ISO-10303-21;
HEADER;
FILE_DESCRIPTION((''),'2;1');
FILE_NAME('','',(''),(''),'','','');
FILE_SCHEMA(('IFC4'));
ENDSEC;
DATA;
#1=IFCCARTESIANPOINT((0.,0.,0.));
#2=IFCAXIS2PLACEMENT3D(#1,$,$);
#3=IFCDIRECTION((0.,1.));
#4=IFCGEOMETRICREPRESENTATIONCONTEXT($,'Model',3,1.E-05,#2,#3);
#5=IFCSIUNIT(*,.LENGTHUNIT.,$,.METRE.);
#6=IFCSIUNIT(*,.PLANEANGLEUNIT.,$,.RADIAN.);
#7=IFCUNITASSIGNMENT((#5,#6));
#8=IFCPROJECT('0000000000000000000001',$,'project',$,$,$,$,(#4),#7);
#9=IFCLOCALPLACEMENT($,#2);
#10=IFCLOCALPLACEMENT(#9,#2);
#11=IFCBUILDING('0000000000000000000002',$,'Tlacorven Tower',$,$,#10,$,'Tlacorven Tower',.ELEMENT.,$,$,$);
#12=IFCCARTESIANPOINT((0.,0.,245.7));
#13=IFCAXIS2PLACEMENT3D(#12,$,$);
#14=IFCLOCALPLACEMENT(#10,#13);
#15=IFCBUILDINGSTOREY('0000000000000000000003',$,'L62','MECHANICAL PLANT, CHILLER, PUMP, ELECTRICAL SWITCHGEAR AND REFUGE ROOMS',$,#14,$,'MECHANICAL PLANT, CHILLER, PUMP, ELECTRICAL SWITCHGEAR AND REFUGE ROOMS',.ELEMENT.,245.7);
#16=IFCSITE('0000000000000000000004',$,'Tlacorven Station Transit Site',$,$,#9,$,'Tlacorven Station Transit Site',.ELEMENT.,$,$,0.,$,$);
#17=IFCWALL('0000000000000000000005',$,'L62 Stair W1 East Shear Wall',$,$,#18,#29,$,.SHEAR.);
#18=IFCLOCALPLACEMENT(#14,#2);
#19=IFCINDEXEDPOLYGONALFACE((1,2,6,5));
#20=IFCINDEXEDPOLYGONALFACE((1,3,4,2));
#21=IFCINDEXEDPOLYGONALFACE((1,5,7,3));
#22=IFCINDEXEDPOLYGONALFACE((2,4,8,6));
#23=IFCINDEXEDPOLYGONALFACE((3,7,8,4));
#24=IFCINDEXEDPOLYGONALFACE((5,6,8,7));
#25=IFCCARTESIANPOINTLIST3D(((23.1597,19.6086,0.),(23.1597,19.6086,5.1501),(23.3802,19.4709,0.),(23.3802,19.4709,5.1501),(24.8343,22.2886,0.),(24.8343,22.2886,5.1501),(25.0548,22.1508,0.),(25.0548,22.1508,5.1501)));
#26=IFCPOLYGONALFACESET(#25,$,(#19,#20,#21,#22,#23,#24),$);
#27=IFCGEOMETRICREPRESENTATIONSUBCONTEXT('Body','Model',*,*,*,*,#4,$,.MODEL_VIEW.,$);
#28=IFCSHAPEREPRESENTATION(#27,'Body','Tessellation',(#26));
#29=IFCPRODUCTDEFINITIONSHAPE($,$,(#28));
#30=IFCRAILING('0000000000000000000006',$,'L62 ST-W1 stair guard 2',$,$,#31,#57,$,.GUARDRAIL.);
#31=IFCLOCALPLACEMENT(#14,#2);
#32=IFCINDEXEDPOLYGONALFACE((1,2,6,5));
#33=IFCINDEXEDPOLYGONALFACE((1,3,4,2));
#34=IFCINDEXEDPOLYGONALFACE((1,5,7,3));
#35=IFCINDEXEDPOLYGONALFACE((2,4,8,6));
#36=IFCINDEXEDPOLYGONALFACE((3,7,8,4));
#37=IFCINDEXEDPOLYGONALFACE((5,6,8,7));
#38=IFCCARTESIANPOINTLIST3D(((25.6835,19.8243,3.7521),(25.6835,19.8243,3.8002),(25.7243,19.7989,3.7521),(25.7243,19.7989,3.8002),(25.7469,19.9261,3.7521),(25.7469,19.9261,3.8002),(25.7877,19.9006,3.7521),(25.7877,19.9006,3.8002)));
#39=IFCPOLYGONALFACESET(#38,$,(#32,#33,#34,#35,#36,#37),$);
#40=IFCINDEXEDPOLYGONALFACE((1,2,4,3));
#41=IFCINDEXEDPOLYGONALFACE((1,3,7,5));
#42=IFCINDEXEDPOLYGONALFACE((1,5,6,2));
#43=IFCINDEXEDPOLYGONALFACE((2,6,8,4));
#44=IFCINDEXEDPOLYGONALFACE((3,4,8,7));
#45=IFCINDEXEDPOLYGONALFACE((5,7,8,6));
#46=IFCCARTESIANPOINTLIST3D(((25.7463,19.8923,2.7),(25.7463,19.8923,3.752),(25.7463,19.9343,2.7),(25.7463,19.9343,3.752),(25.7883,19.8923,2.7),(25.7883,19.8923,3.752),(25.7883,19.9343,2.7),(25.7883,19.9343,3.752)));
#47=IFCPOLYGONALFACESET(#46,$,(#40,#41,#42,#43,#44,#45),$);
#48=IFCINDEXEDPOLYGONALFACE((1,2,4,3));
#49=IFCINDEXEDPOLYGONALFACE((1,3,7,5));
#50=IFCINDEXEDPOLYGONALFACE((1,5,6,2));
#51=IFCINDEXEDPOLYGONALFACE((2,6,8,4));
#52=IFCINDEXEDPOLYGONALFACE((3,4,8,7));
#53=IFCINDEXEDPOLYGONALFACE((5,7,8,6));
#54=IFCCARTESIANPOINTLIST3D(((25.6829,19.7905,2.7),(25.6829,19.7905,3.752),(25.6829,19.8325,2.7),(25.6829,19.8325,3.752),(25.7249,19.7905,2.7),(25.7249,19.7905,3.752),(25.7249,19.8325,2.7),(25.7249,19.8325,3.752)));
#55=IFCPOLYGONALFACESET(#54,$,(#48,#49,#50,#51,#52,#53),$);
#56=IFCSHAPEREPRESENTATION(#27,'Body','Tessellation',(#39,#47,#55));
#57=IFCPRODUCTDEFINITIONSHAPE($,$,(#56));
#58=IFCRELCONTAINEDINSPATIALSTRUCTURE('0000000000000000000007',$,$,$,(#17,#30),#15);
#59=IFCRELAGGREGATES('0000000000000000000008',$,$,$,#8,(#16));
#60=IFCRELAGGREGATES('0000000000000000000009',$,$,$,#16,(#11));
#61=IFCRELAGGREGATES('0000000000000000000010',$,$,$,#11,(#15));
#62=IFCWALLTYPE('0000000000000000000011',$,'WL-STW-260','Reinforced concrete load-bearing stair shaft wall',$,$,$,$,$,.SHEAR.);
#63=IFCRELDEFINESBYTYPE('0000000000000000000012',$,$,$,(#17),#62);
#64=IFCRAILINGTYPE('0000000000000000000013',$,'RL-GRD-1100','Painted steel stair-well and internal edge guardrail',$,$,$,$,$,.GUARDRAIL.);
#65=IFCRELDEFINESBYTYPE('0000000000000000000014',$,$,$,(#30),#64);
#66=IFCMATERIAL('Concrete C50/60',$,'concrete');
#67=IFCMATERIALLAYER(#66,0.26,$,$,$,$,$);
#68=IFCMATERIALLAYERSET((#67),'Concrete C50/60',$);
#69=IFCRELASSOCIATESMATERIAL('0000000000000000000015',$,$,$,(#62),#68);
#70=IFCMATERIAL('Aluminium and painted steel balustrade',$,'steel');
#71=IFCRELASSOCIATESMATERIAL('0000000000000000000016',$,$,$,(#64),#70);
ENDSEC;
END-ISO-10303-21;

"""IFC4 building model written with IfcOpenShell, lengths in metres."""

from ifc_helpers import new_model, si_unit, direction, frame, frame_2d, origin, origin_2d, place, context, subcontext, project, spatial, rectangle, extrude, source, transform, mapped, material, layer, layer_set, type_object, element, save


model = new_model("IFC4")

# Units and contexts
model_context = context("Model", 3, precision=1e-05, world=origin(), true_north=direction((0.0, 1.0)))
body_context = subcontext(model_context, "Body", "Model", "MODEL_VIEW")
ifc_project = project(units=[si_unit("LENGTHUNIT", "METRE"), si_unit("PLANEANGLEUNIT", "RADIAN")], contexts=[model_context])

# Site, building, storey
site_placement = place(None, origin())
site = spatial("IfcSite", under=ifc_project, at=site_placement, Name="Tlacorven Station Transit Site", LongName="Tlacorven Station Transit Site", CompositionType="ELEMENT", RefElevation=0.0)
building_placement = place(site_placement, origin())
building = spatial("IfcBuilding", under=site, at=building_placement, Name="Tlacorven Tower", LongName="Tlacorven Tower", CompositionType="ELEMENT")
storey_placement = place(building_placement, frame((0.0, 0.0, 245.7)))
storey = spatial("IfcBuildingStorey", under=building, at=storey_placement, Name="L62", Description="MECHANICAL PLANT, CHILLER, PUMP, ELECTRICAL SWITCHGEAR AND REFUGE ROOMS", LongName="MECHANICAL PLANT, CHILLER, PUMP, ELECTRICAL SWITCHGEAR AND REFUGE ROOMS", CompositionType="ELEMENT", Elevation=245.7)

# Wall
ifc_material_1 = material(Name="Concrete C50/60", Category="concrete")
ifc_layer_1 = layer(ifc_material_1, 0.26)
ifc_layer_set_1 = layer_set([ifc_layer_1], Name="Concrete C50/60")
wall_type_1 = type_object("IfcWallType", Name="WL-STW-260", Description="Reinforced concrete load-bearing stair shaft wall", PredefinedType="SHEAR", material=ifc_layer_set_1)
wall_1_placement = place(storey_placement, frame((24.9446, 22.2197, 0.0), z_axis=(0.0, 0.0, 1.0), x_axis=(-0.529909, -0.848055, 0.0)))
element("IfcWall", 1, at=wall_1_placement, inside=storey, type_object=wall_type_1, Name="L62 Stair W1 East Shear Wall", PredefinedType="SHEAR", context=body_context, shape_type="SweptSolid", body=[
    extrude(rectangle(XDim=3.1602, YDim=0.26, at=frame_2d((1.5801, 0.0))), origin(), (0.0, 0.0, 1.0), 5.1501),
])

# Railing
ifc_material_2 = material(Name="Aluminium and painted steel balustrade", Category="steel")
railing_type = type_object("IfcRailingType", Name="RL-GRD-1100", Description="Painted steel stair-well and internal edge guardrail", PredefinedType="GUARDRAIL", material=ifc_material_2)
shared_shape_1 = source(origin(), body_context, "Body", "SweptSolid", [
    extrude(rectangle(XDim=0.0481, YDim=0.0481, at=origin_2d()), frame((0.0, 0.0, 1.0762), z_axis=(-0.529084, -0.848569, 0.0), x_axis=(0.848569, -0.529084, 0.0)), (0.0, 0.0, 1.0), 0.1199),
    extrude(rectangle(XDim=0.042, YDim=0.042, at=origin_2d()), origin(), (0.0, 0.0, 1.0), 1.052),
    extrude(rectangle(XDim=0.042, YDim=0.042, at=origin_2d()), frame((-0.0635, -0.1018, 0.0)), (0.0, 0.0, 1.0), 1.052),
])
railing_placement = place(storey_placement, frame((25.7673, 19.9133, 2.7)))
element("IfcRailing", 2, at=railing_placement, inside=storey, type_object=railing_type, Name="L62 ST-W1 stair guard 2", PredefinedType="GUARDRAIL", context=body_context, shape_type="MappedRepresentation", body=[
    mapped(shared_shape_1, transform((0.0, 0.0, 0.0), scale=1.0)),
])

save(model, "model.ifc")
